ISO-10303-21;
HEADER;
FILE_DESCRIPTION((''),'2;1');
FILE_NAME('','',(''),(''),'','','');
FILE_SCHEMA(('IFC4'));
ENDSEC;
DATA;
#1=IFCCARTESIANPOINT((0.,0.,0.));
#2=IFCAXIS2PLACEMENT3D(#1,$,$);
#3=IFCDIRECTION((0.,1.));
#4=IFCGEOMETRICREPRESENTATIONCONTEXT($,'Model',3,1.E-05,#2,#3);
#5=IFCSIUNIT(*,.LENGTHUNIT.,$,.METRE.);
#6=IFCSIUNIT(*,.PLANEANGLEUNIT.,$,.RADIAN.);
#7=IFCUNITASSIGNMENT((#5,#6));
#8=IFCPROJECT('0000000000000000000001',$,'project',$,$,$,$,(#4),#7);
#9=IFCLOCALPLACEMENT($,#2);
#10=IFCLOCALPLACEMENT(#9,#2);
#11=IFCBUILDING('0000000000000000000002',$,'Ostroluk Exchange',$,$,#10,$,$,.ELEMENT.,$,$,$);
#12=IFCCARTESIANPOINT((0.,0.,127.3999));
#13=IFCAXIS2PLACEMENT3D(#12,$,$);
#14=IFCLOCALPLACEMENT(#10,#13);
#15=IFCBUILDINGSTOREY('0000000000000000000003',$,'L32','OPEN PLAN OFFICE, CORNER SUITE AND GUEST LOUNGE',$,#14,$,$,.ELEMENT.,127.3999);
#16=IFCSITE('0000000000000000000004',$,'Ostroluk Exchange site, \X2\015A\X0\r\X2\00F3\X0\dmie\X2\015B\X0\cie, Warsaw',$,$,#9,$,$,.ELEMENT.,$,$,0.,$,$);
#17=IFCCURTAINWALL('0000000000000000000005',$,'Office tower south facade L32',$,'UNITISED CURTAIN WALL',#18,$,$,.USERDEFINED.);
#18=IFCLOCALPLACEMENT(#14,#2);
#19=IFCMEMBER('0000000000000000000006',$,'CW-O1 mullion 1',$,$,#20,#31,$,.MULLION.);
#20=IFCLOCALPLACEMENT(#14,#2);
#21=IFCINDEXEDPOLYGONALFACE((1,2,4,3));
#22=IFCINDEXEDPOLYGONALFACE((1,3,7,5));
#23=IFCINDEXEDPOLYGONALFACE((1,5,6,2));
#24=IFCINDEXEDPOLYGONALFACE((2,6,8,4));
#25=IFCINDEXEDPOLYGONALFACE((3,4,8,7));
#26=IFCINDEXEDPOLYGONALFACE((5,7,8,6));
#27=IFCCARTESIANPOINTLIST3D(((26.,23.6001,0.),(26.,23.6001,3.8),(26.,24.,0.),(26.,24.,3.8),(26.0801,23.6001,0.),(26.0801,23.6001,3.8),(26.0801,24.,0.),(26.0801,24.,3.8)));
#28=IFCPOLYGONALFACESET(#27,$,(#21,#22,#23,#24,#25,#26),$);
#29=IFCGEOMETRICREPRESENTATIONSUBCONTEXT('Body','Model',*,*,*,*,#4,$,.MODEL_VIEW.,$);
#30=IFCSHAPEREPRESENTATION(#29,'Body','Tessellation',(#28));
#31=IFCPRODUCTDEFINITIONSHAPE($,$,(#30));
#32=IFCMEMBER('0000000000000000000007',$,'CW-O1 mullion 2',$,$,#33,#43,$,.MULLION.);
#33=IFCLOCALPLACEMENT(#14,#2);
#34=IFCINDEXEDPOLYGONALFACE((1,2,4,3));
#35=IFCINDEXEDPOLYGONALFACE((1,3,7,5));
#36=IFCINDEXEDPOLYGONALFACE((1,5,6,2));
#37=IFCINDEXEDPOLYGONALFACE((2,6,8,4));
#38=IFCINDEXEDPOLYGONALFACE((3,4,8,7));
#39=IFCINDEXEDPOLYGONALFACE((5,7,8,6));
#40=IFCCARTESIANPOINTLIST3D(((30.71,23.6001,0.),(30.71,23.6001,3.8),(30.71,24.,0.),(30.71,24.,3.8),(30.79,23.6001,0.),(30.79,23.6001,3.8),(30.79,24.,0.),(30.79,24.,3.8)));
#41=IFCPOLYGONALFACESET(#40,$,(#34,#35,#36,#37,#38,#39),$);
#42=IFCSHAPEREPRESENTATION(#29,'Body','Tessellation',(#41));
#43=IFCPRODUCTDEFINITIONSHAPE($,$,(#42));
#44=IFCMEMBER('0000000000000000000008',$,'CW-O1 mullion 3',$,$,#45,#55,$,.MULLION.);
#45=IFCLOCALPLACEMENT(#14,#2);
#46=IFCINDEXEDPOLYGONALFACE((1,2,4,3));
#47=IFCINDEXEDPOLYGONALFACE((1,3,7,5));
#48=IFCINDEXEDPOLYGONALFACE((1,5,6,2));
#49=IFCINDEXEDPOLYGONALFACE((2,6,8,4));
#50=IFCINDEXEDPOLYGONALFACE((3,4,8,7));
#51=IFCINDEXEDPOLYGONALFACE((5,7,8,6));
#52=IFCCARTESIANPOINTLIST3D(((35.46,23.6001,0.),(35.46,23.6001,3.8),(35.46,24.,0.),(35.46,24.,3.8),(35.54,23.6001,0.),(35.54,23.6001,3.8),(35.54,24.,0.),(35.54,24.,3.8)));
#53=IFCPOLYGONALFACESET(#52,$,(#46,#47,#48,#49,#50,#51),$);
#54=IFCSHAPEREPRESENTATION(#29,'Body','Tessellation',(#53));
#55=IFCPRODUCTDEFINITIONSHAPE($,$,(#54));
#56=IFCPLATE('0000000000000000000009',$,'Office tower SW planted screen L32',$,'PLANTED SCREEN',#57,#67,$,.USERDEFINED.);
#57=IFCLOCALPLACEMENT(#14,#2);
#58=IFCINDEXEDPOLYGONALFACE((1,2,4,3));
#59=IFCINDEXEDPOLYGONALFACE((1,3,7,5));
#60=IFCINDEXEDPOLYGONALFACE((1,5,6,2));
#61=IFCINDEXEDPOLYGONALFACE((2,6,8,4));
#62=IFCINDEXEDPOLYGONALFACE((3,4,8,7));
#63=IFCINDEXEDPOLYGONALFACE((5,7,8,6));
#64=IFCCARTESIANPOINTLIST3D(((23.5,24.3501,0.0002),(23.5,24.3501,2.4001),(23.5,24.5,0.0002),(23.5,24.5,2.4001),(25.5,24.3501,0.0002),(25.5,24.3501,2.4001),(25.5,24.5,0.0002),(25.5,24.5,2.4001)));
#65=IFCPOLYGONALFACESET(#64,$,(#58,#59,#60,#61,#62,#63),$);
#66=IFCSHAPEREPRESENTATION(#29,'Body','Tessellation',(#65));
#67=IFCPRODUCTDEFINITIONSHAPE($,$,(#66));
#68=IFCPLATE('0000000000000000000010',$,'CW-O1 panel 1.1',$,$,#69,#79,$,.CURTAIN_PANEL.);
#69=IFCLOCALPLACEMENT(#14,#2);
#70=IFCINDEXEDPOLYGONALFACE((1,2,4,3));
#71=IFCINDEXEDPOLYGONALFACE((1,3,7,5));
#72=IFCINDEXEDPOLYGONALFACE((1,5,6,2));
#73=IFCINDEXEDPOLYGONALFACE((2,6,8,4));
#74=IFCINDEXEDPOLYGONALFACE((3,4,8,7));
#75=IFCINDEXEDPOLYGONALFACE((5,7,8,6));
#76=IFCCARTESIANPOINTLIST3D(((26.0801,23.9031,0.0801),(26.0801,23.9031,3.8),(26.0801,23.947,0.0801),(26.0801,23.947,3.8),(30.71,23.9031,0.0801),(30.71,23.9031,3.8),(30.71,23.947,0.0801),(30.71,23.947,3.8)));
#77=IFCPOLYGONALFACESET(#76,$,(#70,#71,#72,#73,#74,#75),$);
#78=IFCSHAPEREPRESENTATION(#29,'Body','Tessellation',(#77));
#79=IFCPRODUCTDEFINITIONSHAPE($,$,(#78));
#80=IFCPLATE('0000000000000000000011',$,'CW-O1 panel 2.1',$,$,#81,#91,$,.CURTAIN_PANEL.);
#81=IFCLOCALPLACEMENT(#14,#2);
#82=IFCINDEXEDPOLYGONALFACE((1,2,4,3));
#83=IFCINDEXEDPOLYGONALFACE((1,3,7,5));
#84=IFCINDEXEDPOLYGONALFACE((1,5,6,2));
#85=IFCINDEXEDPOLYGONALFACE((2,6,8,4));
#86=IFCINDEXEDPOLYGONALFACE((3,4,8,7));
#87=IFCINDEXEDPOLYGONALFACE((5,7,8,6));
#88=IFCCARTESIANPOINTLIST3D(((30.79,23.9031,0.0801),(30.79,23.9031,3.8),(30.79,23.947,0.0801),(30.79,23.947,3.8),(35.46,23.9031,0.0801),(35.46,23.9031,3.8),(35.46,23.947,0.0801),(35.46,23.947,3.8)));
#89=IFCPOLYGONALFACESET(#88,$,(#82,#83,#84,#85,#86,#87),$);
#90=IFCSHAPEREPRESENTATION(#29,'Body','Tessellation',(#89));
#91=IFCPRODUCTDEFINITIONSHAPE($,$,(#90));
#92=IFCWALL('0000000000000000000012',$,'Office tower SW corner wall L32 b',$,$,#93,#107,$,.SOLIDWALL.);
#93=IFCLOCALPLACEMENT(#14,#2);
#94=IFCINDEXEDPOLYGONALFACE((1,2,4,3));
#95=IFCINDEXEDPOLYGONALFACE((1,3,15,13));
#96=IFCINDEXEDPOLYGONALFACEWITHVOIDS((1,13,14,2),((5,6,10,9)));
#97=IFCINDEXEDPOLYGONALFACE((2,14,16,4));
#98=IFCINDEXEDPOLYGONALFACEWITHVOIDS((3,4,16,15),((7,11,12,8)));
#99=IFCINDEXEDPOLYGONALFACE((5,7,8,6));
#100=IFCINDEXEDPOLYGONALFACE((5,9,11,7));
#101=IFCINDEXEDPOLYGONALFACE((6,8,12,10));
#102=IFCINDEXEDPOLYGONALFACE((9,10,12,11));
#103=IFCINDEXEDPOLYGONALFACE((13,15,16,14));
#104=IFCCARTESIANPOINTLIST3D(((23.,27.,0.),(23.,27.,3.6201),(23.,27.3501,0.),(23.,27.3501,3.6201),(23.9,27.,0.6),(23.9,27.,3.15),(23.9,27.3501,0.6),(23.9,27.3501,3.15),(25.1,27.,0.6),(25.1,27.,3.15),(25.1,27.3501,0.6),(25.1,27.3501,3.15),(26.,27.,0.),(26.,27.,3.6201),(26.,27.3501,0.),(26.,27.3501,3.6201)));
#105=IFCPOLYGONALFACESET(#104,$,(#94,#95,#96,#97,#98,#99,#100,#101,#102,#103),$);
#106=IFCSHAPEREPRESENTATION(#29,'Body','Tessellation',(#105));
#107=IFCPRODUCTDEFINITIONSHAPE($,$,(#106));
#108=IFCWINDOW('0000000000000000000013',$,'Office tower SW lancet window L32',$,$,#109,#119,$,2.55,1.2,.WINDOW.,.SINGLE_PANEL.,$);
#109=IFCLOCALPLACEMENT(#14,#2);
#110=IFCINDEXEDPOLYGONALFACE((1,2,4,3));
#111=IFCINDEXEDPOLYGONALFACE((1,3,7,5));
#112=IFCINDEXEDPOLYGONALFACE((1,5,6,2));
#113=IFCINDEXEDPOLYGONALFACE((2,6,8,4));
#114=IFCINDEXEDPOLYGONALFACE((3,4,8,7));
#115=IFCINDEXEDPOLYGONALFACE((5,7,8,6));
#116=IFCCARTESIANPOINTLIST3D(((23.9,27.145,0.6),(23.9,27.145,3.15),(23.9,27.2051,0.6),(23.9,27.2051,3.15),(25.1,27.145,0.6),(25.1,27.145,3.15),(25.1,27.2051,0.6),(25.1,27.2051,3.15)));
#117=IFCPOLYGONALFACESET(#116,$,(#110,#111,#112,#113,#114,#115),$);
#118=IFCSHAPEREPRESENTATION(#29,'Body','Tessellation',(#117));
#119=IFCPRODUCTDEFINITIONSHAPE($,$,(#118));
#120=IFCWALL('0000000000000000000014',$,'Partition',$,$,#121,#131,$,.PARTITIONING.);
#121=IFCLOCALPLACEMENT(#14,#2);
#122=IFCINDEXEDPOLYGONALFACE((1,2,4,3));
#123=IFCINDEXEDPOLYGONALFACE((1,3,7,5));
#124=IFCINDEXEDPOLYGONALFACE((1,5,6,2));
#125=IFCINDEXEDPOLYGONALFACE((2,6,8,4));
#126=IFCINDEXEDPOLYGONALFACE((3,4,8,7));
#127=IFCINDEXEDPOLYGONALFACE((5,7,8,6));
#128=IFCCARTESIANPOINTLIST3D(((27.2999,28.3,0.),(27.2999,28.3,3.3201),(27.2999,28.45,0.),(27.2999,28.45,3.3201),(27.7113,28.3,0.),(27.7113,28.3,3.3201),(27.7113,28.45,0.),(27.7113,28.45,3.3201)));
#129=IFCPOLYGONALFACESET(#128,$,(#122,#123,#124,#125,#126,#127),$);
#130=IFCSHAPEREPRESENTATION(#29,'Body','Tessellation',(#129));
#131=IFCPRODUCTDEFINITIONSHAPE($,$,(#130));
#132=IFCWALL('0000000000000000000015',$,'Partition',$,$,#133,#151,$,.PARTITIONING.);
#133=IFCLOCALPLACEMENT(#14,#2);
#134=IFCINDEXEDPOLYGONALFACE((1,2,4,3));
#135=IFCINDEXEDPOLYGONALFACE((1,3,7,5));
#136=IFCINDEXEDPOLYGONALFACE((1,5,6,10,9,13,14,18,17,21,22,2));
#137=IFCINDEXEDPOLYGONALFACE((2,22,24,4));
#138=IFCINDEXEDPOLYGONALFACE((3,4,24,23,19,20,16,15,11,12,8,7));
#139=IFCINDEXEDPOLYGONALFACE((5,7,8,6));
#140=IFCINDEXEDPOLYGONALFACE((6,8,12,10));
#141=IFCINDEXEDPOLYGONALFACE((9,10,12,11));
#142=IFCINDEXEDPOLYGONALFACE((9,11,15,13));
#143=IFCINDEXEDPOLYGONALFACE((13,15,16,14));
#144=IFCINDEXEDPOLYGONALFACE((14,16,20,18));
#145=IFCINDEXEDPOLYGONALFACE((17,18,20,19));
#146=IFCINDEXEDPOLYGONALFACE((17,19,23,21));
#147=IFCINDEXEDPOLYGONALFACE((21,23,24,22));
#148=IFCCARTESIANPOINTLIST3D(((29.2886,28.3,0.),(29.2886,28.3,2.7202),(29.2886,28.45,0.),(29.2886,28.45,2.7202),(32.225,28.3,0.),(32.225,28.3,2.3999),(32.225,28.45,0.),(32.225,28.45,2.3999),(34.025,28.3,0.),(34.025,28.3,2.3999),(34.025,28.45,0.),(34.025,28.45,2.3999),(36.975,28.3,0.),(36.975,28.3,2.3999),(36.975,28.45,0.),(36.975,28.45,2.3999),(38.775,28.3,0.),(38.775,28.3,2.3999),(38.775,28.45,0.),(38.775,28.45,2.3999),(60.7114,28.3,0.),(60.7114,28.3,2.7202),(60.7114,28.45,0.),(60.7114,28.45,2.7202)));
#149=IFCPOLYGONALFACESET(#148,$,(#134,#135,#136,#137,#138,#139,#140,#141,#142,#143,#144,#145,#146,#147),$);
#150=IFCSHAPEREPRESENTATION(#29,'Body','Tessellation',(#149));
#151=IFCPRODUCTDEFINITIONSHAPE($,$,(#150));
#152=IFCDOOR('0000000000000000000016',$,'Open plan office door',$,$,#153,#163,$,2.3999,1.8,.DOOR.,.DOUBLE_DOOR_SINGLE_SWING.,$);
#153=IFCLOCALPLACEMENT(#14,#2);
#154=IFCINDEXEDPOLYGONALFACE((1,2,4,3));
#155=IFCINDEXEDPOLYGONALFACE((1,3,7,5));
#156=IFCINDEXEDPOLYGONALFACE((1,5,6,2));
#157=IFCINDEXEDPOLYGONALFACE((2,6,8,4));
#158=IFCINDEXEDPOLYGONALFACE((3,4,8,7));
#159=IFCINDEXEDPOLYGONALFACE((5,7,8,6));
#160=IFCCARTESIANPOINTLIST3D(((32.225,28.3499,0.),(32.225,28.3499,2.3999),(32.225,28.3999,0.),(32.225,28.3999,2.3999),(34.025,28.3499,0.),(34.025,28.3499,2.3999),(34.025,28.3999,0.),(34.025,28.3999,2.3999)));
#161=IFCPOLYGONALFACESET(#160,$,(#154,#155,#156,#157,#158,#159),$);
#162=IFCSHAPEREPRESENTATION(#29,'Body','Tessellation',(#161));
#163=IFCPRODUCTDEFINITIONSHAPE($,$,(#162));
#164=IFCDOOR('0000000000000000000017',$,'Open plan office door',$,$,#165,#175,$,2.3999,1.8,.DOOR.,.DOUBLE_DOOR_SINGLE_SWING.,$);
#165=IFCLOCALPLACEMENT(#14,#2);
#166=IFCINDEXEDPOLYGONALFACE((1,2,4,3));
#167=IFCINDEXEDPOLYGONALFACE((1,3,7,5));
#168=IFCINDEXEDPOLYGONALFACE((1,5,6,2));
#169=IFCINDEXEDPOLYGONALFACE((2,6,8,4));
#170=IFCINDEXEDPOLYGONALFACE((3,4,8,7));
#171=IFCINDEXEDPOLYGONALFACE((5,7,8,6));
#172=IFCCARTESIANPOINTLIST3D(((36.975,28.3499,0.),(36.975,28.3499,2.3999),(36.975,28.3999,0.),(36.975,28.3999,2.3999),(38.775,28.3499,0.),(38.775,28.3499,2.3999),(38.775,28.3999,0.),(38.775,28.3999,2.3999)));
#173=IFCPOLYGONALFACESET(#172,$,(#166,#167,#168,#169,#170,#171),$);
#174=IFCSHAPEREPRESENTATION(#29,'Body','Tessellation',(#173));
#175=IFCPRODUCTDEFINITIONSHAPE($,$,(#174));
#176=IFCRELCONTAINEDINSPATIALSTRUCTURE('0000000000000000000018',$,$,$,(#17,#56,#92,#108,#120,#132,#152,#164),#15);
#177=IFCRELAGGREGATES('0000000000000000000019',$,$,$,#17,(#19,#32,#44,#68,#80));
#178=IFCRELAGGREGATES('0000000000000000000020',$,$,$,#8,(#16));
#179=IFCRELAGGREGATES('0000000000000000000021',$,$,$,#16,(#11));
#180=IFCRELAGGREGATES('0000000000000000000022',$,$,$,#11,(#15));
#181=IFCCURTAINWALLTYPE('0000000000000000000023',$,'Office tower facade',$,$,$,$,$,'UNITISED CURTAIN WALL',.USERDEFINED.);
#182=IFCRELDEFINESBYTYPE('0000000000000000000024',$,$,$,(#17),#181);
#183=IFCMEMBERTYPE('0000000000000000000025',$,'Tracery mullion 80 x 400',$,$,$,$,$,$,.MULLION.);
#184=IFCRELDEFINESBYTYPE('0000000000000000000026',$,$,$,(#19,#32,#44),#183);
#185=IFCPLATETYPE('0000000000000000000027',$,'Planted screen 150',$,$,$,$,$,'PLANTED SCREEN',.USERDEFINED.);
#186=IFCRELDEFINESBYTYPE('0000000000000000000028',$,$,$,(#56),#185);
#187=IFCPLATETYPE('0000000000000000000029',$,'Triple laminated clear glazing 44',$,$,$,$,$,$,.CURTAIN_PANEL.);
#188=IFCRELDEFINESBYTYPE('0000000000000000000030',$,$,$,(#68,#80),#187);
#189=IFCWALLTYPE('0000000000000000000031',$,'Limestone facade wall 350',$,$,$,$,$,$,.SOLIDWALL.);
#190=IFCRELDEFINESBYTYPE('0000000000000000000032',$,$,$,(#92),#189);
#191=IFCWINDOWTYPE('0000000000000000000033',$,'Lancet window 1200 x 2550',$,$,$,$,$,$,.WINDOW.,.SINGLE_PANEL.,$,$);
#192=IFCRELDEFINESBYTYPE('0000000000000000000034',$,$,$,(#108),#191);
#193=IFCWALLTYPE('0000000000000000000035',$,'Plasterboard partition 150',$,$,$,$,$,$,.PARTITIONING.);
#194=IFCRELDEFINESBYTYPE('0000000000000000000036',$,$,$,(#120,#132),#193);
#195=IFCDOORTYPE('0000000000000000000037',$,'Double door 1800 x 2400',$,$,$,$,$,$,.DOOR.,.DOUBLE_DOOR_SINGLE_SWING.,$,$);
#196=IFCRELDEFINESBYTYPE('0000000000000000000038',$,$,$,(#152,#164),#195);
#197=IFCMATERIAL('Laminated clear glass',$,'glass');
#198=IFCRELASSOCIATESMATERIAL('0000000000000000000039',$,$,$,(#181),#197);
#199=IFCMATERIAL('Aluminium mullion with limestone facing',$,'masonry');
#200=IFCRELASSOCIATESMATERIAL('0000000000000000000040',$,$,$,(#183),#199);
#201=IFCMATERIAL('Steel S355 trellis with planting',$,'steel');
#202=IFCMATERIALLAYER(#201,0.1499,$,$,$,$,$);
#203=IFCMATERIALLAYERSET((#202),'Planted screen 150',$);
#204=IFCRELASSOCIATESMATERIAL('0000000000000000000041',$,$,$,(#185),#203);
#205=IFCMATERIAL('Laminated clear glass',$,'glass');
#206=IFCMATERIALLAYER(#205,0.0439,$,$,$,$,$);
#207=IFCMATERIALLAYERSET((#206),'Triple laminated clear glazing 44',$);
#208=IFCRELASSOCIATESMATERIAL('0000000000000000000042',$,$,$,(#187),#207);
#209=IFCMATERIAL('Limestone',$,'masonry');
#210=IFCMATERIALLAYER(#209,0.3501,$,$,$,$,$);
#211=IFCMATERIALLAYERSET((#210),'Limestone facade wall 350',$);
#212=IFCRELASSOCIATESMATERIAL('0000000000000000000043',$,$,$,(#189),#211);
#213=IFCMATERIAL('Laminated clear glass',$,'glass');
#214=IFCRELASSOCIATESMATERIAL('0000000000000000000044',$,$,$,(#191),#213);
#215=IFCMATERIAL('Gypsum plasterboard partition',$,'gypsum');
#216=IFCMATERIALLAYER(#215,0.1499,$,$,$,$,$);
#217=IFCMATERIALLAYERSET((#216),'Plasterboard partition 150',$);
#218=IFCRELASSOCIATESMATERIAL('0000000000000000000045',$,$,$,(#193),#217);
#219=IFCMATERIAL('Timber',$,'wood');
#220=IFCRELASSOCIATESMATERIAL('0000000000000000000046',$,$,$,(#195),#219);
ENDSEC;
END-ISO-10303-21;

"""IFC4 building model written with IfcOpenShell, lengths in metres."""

from ifc_helpers import new_model, si_unit, direction, frame, frame_2d, origin, origin_2d, place, context, subcontext, project, spatial, rectangle, extrude, material, layer, layer_set, material_profile, profile_set, type_object, element, fill, aggregate, save


model = new_model("IFC4")

# Units and contexts
model_context = context("Model", 3, precision=1e-05, world=origin(), true_north=direction((0.0, 1.0)))
body_context = subcontext(model_context, "Body", "Model", "MODEL_VIEW")
ifc_project = project(units=[si_unit("LENGTHUNIT", "METRE"), si_unit("PLANEANGLEUNIT", "RADIAN")], contexts=[model_context])

# Site, building, storey
site_placement = place(None, origin())
site = spatial("IfcSite", under=ifc_project, at=site_placement, Name="Ostroluk Exchange site, Śródmieście, Warsaw", CompositionType="ELEMENT", RefElevation=0.0)
building_placement = place(site_placement, origin())
building = spatial("IfcBuilding", under=site, at=building_placement, Name="Ostroluk Exchange", CompositionType="ELEMENT")
storey_placement = place(building_placement, frame((0.0, 0.0, 127.3999)))
storey = spatial("IfcBuildingStorey", under=building, at=storey_placement, Name="L32", Description="OPEN PLAN OFFICE, CORNER SUITE AND GUEST LOUNGE", CompositionType="ELEMENT", Elevation=127.3999)

# Curtain wall, members
ifc_material_1 = material(Name="Laminated clear glass", Category="glass")
curtain_wall_type = type_object("IfcCurtainWallType", Name="Office tower facade", ElementType="UNITISED CURTAIN WALL", PredefinedType="USERDEFINED", material=ifc_material_1)
curtain_wall_placement = place(storey_placement, origin())
curtain_wall = element("IfcCurtainWall", 1, at=curtain_wall_placement, inside=storey, type_object=curtain_wall_type, Name="Office tower south facade L32", ObjectType="UNITISED CURTAIN WALL", PredefinedType="USERDEFINED")
ifc_material_2 = material(Name="Aluminium mullion with limestone facing", Category="masonry")
ifc_material_profile_1 = material_profile(ifc_material_2, rectangle(XDim=0.3999, YDim=0.0801, at=origin_2d()), Name="Tracery mullion 80 x 400")
ifc_profile_set_1 = profile_set([ifc_material_profile_1], Name="Aluminium mullion with limestone facing")
member_type_1 = type_object("IfcMemberType", Name="Tracery mullion 80 x 400", PredefinedType="MULLION", material=ifc_profile_set_1)
member_1_placement = place(storey_placement, frame((26.04, 23.8, 0.0), z_axis=(0.0, 0.0, 1.0), x_axis=(0.0, 1.0, 0.0)))
member_1 = element("IfcMember", 2, at=member_1_placement, type_object=member_type_1, Name="CW-O1 mullion 1", PredefinedType="MULLION", context=body_context, shape_type="SweptSolid", body=[
    extrude(rectangle(XDim=0.3999, YDim=0.0801, at=origin_2d()), origin(), (0.0, 0.0, 1.0), 3.8),
])
member_2_placement = place(storey_placement, frame((30.75, 23.8, 0.0), z_axis=(0.0, 0.0, 1.0), x_axis=(0.0, 1.0, 0.0)))
member_2 = element("IfcMember", 3, at=member_2_placement, type_object=member_type_1, Name="CW-O1 mullion 2", PredefinedType="MULLION", context=body_context, shape_type="SweptSolid", body=[
    extrude(rectangle(XDim=0.3999, YDim=0.0801, at=origin_2d()), origin(), (0.0, 0.0, 1.0), 3.8),
])
member_3_placement = place(storey_placement, frame((35.5, 23.8, 0.0), z_axis=(0.0, 0.0, 1.0), x_axis=(0.0, 1.0, 0.0)))
member_3 = element("IfcMember", 4, at=member_3_placement, type_object=member_type_1, Name="CW-O1 mullion 3", PredefinedType="MULLION", context=body_context, shape_type="SweptSolid", body=[
    extrude(rectangle(XDim=0.3999, YDim=0.0801, at=origin_2d()), origin(), (0.0, 0.0, 1.0), 3.8),
])

# Plates
ifc_material_3 = material(Name="Steel S355 trellis with planting", Category="steel")
ifc_layer_1 = layer(ifc_material_3, 0.1499)
ifc_layer_set_1 = layer_set([ifc_layer_1], Name="Planted screen 150")
plate_type_1 = type_object("IfcPlateType", Name="Planted screen 150", ElementType="PLANTED SCREEN", PredefinedType="USERDEFINED", material=ifc_layer_set_1)
plate_1_placement = place(storey_placement, frame((24.5, 24.425, 0.0002), z_axis=(0.0, 0.0, 1.0), x_axis=(1.0, 0.0, 0.0)))
element("IfcPlate", 5, at=plate_1_placement, inside=storey, type_object=plate_type_1, Name="Office tower SW planted screen L32", ObjectType="PLANTED SCREEN", PredefinedType="USERDEFINED", context=body_context, shape_type="SweptSolid", body=[
    extrude(rectangle(XDim=2.0, YDim=0.1499, at=origin_2d()), origin(), (0.0, 0.0, 1.0), 2.3999),
])
ifc_material_4 = material(Name="Laminated clear glass", Category="glass")
ifc_layer_2 = layer(ifc_material_4, 0.0439)
ifc_layer_set_2 = layer_set([ifc_layer_2], Name="Triple laminated clear glazing 44")
plate_type_2 = type_object("IfcPlateType", Name="Triple laminated clear glazing 44", PredefinedType="CURTAIN_PANEL", material=ifc_layer_set_2)
plate_2_placement = place(storey_placement, frame((28.395, 23.925, 0.0801), z_axis=(0.0, 0.0, 1.0), x_axis=(1.0, 0.0, 0.0)))
plate_2 = element("IfcPlate", 6, at=plate_2_placement, type_object=plate_type_2, Name="CW-O1 panel 1.1", PredefinedType="CURTAIN_PANEL", context=body_context, shape_type="SweptSolid", body=[
    extrude(rectangle(XDim=4.6299, YDim=0.0439, at=origin_2d()), origin(), (0.0, 0.0, 1.0), 3.72),
])
plate_3_placement = place(storey_placement, frame((33.125, 23.925, 0.0801), z_axis=(0.0, 0.0, 1.0), x_axis=(1.0, 0.0, 0.0)))
plate_3 = element("IfcPlate", 7, at=plate_3_placement, type_object=plate_type_2, Name="CW-O1 panel 2.1", PredefinedType="CURTAIN_PANEL", context=body_context, shape_type="SweptSolid", body=[
    extrude(rectangle(XDim=4.6699, YDim=0.0439, at=origin_2d()), origin(), (0.0, 0.0, 1.0), 3.72),
])
aggregate(curtain_wall, [member_1, member_2, member_3, plate_2, plate_3])

# Shared definitions
ifc_material_5 = material(Name="Limestone", Category="masonry")
ifc_layer_3 = layer(ifc_material_5, 0.3501)
ifc_layer_set_3 = layer_set([ifc_layer_3], Name="Limestone facade wall 350")
wall_type_1 = type_object("IfcWallType", Name="Limestone facade wall 350", PredefinedType="SOLIDWALL", material=ifc_layer_set_3)

# Wall, opening, window
wall_1_placement = place(storey_placement, frame((26.0, 27.175, 0.0), z_axis=(0.0, 0.0, 1.0), x_axis=(-1.0, 0.0, 0.0)))
wall_1 = element("IfcWall", 8, at=wall_1_placement, inside=storey, type_object=wall_type_1, Name="Office tower SW corner wall L32 b", PredefinedType="SOLIDWALL", context=body_context, shape_type="SweptSolid", body=[
    extrude(rectangle(XDim=3.0, YDim=0.3501, at=frame_2d((1.5, 0.0))), origin(), (0.0, 0.0, 1.0), 3.6201),
])
opening_1_placement = place(wall_1_placement, frame((0.8999, 0.0, 0.6001)))
opening_1 = element("IfcOpeningElement", 9, at=opening_1_placement, cuts=wall_1, PredefinedType="OPENING", context=body_context, shape_type="SweptSolid", body=[
    extrude(rectangle(XDim=1.2, YDim=2.55, at=frame_2d((0.6001, 1.2749))), frame((0.0, 0.1851, 0.0), z_axis=(0.0, -1.0, 0.0), x_axis=(1.0, 0.0, 0.0)), (0.0, 0.0, 1.0), 0.3701),
])
ifc_material_6 = material(Name="Laminated clear glass", Category="glass")
window_type = type_object("IfcWindowType", Name="Lancet window 1200 x 2550", PartitioningType="SINGLE_PANEL", PredefinedType="WINDOW", material=ifc_material_6)
window_placement = place(opening_1_placement, origin())
window = element("IfcWindow", 10, at=window_placement, inside=storey, type_object=window_type, Name="Office tower SW lancet window L32", OverallHeight=2.55, OverallWidth=1.2, PartitioningType="SINGLE_PANEL", PredefinedType="WINDOW", context=body_context, shape_type="SweptSolid", body=[
    extrude(rectangle(XDim=1.2, YDim=2.55, at=frame_2d((0.6001, 1.2749))), frame((0.0, 0.03, 0.0), z_axis=(0.0, -1.0, 0.0), x_axis=(1.0, 0.0, 0.0)), (0.0, 0.0, 1.0), 0.0601),
])
fill(opening_1, window)

# Wall
ifc_material_7 = material(Name="Gypsum plasterboard partition", Category="gypsum")
ifc_layer_4 = layer(ifc_material_7, 0.1499)
ifc_layer_set_4 = layer_set([ifc_layer_4], Name="Plasterboard partition 150")
wall_type_2 = type_object("IfcWallType", Name="Plasterboard partition 150", PredefinedType="PARTITIONING", material=ifc_layer_set_4)
wall_2_placement = place(storey_placement, frame((27.3, 28.375, 0.0), z_axis=(0.0, 0.0, 1.0), x_axis=(1.0, 0.0, 0.0)))
element("IfcWall", 11, at=wall_2_placement, inside=storey, type_object=wall_type_2, Name="Partition", PredefinedType="PARTITIONING", context=body_context, shape_type="SweptSolid", body=[
    extrude(rectangle(XDim=0.4114, YDim=0.1499, at=frame_2d((0.2056, 0.0))), origin(), (0.0, 0.0, 1.0), 3.3201),
])

# Wall, openings, doors
wall_3_placement = place(storey_placement, frame((29.2886, 28.375, 0.0), z_axis=(0.0, 0.0, 1.0), x_axis=(1.0, 0.0, 0.0)))
wall_3 = element("IfcWall", 12, at=wall_3_placement, inside=storey, type_object=wall_type_2, Name="Partition", PredefinedType="PARTITIONING", context=body_context, shape_type="SweptSolid", body=[
    extrude(rectangle(XDim=31.4229, YDim=0.1499, at=frame_2d((15.7114, 0.0))), origin(), (0.0, 0.0, 1.0), 2.7202),
])
opening_2_placement = place(wall_3_placement, frame((2.9365, 0.0, 0.0)))
opening_2 = element("IfcOpeningElement", 13, at=opening_2_placement, cuts=wall_3, PredefinedType="OPENING", context=body_context, shape_type="SweptSolid", body=[
    extrude(rectangle(XDim=1.8, YDim=2.3999, at=frame_2d((0.8999, 1.2))), frame((0.0, 0.085, 0.0), z_axis=(0.0, -1.0, 0.0), x_axis=(1.0, 0.0, 0.0)), (0.0, 0.0, 1.0), 0.1699),
])
opening_3_placement = place(wall_3_placement, frame((7.6865, 0.0, 0.0)))
opening_3 = element("IfcOpeningElement", 14, at=opening_3_placement, cuts=wall_3, PredefinedType="OPENING", context=body_context, shape_type="SweptSolid", body=[
    extrude(rectangle(XDim=1.8, YDim=2.3999, at=frame_2d((0.8999, 1.2))), frame((0.0, 0.085, 0.0), z_axis=(0.0, -1.0, 0.0), x_axis=(1.0, 0.0, 0.0)), (0.0, 0.0, 1.0), 0.1699),
])
ifc_material_8 = material(Name="Timber", Category="wood")
door_type_1 = type_object("IfcDoorType", Name="Double door 1800 x 2400", OperationType="DOUBLE_DOOR_SINGLE_SWING", PredefinedType="DOOR", material=ifc_material_8)
door_1_placement = place(opening_2_placement, origin())
door_1 = element("IfcDoor", 15, at=door_1_placement, inside=storey, type_object=door_type_1, Name="Open plan office door", OperationType="DOUBLE_DOOR_SINGLE_SWING", OverallHeight=2.3999, OverallWidth=1.8, PredefinedType="DOOR", context=body_context, shape_type="SweptSolid", body=[
    extrude(rectangle(XDim=1.8, YDim=2.3999, at=frame_2d((0.8999, 1.2))), frame((0.0, 0.0249, 0.0), z_axis=(0.0, -1.0, 0.0), x_axis=(1.0, 0.0, 0.0)), (0.0, 0.0, 1.0), 0.05),
])
fill(opening_2, door_1)
door_2_placement = place(opening_3_placement, origin())
door_2 = element("IfcDoor", 16, at=door_2_placement, inside=storey, type_object=door_type_1, Name="Open plan office door", OperationType="DOUBLE_DOOR_SINGLE_SWING", OverallHeight=2.3999, OverallWidth=1.8, PredefinedType="DOOR", context=body_context, shape_type="SweptSolid", body=[
    extrude(rectangle(XDim=1.8, YDim=2.3999, at=frame_2d((0.8999, 1.2))), frame((0.0, 0.0249, 0.0), z_axis=(0.0, -1.0, 0.0), x_axis=(1.0, 0.0, 0.0)), (0.0, 0.0, 1.0), 0.05),
])
fill(opening_3, door_2)

save(model, "model.ifc")
